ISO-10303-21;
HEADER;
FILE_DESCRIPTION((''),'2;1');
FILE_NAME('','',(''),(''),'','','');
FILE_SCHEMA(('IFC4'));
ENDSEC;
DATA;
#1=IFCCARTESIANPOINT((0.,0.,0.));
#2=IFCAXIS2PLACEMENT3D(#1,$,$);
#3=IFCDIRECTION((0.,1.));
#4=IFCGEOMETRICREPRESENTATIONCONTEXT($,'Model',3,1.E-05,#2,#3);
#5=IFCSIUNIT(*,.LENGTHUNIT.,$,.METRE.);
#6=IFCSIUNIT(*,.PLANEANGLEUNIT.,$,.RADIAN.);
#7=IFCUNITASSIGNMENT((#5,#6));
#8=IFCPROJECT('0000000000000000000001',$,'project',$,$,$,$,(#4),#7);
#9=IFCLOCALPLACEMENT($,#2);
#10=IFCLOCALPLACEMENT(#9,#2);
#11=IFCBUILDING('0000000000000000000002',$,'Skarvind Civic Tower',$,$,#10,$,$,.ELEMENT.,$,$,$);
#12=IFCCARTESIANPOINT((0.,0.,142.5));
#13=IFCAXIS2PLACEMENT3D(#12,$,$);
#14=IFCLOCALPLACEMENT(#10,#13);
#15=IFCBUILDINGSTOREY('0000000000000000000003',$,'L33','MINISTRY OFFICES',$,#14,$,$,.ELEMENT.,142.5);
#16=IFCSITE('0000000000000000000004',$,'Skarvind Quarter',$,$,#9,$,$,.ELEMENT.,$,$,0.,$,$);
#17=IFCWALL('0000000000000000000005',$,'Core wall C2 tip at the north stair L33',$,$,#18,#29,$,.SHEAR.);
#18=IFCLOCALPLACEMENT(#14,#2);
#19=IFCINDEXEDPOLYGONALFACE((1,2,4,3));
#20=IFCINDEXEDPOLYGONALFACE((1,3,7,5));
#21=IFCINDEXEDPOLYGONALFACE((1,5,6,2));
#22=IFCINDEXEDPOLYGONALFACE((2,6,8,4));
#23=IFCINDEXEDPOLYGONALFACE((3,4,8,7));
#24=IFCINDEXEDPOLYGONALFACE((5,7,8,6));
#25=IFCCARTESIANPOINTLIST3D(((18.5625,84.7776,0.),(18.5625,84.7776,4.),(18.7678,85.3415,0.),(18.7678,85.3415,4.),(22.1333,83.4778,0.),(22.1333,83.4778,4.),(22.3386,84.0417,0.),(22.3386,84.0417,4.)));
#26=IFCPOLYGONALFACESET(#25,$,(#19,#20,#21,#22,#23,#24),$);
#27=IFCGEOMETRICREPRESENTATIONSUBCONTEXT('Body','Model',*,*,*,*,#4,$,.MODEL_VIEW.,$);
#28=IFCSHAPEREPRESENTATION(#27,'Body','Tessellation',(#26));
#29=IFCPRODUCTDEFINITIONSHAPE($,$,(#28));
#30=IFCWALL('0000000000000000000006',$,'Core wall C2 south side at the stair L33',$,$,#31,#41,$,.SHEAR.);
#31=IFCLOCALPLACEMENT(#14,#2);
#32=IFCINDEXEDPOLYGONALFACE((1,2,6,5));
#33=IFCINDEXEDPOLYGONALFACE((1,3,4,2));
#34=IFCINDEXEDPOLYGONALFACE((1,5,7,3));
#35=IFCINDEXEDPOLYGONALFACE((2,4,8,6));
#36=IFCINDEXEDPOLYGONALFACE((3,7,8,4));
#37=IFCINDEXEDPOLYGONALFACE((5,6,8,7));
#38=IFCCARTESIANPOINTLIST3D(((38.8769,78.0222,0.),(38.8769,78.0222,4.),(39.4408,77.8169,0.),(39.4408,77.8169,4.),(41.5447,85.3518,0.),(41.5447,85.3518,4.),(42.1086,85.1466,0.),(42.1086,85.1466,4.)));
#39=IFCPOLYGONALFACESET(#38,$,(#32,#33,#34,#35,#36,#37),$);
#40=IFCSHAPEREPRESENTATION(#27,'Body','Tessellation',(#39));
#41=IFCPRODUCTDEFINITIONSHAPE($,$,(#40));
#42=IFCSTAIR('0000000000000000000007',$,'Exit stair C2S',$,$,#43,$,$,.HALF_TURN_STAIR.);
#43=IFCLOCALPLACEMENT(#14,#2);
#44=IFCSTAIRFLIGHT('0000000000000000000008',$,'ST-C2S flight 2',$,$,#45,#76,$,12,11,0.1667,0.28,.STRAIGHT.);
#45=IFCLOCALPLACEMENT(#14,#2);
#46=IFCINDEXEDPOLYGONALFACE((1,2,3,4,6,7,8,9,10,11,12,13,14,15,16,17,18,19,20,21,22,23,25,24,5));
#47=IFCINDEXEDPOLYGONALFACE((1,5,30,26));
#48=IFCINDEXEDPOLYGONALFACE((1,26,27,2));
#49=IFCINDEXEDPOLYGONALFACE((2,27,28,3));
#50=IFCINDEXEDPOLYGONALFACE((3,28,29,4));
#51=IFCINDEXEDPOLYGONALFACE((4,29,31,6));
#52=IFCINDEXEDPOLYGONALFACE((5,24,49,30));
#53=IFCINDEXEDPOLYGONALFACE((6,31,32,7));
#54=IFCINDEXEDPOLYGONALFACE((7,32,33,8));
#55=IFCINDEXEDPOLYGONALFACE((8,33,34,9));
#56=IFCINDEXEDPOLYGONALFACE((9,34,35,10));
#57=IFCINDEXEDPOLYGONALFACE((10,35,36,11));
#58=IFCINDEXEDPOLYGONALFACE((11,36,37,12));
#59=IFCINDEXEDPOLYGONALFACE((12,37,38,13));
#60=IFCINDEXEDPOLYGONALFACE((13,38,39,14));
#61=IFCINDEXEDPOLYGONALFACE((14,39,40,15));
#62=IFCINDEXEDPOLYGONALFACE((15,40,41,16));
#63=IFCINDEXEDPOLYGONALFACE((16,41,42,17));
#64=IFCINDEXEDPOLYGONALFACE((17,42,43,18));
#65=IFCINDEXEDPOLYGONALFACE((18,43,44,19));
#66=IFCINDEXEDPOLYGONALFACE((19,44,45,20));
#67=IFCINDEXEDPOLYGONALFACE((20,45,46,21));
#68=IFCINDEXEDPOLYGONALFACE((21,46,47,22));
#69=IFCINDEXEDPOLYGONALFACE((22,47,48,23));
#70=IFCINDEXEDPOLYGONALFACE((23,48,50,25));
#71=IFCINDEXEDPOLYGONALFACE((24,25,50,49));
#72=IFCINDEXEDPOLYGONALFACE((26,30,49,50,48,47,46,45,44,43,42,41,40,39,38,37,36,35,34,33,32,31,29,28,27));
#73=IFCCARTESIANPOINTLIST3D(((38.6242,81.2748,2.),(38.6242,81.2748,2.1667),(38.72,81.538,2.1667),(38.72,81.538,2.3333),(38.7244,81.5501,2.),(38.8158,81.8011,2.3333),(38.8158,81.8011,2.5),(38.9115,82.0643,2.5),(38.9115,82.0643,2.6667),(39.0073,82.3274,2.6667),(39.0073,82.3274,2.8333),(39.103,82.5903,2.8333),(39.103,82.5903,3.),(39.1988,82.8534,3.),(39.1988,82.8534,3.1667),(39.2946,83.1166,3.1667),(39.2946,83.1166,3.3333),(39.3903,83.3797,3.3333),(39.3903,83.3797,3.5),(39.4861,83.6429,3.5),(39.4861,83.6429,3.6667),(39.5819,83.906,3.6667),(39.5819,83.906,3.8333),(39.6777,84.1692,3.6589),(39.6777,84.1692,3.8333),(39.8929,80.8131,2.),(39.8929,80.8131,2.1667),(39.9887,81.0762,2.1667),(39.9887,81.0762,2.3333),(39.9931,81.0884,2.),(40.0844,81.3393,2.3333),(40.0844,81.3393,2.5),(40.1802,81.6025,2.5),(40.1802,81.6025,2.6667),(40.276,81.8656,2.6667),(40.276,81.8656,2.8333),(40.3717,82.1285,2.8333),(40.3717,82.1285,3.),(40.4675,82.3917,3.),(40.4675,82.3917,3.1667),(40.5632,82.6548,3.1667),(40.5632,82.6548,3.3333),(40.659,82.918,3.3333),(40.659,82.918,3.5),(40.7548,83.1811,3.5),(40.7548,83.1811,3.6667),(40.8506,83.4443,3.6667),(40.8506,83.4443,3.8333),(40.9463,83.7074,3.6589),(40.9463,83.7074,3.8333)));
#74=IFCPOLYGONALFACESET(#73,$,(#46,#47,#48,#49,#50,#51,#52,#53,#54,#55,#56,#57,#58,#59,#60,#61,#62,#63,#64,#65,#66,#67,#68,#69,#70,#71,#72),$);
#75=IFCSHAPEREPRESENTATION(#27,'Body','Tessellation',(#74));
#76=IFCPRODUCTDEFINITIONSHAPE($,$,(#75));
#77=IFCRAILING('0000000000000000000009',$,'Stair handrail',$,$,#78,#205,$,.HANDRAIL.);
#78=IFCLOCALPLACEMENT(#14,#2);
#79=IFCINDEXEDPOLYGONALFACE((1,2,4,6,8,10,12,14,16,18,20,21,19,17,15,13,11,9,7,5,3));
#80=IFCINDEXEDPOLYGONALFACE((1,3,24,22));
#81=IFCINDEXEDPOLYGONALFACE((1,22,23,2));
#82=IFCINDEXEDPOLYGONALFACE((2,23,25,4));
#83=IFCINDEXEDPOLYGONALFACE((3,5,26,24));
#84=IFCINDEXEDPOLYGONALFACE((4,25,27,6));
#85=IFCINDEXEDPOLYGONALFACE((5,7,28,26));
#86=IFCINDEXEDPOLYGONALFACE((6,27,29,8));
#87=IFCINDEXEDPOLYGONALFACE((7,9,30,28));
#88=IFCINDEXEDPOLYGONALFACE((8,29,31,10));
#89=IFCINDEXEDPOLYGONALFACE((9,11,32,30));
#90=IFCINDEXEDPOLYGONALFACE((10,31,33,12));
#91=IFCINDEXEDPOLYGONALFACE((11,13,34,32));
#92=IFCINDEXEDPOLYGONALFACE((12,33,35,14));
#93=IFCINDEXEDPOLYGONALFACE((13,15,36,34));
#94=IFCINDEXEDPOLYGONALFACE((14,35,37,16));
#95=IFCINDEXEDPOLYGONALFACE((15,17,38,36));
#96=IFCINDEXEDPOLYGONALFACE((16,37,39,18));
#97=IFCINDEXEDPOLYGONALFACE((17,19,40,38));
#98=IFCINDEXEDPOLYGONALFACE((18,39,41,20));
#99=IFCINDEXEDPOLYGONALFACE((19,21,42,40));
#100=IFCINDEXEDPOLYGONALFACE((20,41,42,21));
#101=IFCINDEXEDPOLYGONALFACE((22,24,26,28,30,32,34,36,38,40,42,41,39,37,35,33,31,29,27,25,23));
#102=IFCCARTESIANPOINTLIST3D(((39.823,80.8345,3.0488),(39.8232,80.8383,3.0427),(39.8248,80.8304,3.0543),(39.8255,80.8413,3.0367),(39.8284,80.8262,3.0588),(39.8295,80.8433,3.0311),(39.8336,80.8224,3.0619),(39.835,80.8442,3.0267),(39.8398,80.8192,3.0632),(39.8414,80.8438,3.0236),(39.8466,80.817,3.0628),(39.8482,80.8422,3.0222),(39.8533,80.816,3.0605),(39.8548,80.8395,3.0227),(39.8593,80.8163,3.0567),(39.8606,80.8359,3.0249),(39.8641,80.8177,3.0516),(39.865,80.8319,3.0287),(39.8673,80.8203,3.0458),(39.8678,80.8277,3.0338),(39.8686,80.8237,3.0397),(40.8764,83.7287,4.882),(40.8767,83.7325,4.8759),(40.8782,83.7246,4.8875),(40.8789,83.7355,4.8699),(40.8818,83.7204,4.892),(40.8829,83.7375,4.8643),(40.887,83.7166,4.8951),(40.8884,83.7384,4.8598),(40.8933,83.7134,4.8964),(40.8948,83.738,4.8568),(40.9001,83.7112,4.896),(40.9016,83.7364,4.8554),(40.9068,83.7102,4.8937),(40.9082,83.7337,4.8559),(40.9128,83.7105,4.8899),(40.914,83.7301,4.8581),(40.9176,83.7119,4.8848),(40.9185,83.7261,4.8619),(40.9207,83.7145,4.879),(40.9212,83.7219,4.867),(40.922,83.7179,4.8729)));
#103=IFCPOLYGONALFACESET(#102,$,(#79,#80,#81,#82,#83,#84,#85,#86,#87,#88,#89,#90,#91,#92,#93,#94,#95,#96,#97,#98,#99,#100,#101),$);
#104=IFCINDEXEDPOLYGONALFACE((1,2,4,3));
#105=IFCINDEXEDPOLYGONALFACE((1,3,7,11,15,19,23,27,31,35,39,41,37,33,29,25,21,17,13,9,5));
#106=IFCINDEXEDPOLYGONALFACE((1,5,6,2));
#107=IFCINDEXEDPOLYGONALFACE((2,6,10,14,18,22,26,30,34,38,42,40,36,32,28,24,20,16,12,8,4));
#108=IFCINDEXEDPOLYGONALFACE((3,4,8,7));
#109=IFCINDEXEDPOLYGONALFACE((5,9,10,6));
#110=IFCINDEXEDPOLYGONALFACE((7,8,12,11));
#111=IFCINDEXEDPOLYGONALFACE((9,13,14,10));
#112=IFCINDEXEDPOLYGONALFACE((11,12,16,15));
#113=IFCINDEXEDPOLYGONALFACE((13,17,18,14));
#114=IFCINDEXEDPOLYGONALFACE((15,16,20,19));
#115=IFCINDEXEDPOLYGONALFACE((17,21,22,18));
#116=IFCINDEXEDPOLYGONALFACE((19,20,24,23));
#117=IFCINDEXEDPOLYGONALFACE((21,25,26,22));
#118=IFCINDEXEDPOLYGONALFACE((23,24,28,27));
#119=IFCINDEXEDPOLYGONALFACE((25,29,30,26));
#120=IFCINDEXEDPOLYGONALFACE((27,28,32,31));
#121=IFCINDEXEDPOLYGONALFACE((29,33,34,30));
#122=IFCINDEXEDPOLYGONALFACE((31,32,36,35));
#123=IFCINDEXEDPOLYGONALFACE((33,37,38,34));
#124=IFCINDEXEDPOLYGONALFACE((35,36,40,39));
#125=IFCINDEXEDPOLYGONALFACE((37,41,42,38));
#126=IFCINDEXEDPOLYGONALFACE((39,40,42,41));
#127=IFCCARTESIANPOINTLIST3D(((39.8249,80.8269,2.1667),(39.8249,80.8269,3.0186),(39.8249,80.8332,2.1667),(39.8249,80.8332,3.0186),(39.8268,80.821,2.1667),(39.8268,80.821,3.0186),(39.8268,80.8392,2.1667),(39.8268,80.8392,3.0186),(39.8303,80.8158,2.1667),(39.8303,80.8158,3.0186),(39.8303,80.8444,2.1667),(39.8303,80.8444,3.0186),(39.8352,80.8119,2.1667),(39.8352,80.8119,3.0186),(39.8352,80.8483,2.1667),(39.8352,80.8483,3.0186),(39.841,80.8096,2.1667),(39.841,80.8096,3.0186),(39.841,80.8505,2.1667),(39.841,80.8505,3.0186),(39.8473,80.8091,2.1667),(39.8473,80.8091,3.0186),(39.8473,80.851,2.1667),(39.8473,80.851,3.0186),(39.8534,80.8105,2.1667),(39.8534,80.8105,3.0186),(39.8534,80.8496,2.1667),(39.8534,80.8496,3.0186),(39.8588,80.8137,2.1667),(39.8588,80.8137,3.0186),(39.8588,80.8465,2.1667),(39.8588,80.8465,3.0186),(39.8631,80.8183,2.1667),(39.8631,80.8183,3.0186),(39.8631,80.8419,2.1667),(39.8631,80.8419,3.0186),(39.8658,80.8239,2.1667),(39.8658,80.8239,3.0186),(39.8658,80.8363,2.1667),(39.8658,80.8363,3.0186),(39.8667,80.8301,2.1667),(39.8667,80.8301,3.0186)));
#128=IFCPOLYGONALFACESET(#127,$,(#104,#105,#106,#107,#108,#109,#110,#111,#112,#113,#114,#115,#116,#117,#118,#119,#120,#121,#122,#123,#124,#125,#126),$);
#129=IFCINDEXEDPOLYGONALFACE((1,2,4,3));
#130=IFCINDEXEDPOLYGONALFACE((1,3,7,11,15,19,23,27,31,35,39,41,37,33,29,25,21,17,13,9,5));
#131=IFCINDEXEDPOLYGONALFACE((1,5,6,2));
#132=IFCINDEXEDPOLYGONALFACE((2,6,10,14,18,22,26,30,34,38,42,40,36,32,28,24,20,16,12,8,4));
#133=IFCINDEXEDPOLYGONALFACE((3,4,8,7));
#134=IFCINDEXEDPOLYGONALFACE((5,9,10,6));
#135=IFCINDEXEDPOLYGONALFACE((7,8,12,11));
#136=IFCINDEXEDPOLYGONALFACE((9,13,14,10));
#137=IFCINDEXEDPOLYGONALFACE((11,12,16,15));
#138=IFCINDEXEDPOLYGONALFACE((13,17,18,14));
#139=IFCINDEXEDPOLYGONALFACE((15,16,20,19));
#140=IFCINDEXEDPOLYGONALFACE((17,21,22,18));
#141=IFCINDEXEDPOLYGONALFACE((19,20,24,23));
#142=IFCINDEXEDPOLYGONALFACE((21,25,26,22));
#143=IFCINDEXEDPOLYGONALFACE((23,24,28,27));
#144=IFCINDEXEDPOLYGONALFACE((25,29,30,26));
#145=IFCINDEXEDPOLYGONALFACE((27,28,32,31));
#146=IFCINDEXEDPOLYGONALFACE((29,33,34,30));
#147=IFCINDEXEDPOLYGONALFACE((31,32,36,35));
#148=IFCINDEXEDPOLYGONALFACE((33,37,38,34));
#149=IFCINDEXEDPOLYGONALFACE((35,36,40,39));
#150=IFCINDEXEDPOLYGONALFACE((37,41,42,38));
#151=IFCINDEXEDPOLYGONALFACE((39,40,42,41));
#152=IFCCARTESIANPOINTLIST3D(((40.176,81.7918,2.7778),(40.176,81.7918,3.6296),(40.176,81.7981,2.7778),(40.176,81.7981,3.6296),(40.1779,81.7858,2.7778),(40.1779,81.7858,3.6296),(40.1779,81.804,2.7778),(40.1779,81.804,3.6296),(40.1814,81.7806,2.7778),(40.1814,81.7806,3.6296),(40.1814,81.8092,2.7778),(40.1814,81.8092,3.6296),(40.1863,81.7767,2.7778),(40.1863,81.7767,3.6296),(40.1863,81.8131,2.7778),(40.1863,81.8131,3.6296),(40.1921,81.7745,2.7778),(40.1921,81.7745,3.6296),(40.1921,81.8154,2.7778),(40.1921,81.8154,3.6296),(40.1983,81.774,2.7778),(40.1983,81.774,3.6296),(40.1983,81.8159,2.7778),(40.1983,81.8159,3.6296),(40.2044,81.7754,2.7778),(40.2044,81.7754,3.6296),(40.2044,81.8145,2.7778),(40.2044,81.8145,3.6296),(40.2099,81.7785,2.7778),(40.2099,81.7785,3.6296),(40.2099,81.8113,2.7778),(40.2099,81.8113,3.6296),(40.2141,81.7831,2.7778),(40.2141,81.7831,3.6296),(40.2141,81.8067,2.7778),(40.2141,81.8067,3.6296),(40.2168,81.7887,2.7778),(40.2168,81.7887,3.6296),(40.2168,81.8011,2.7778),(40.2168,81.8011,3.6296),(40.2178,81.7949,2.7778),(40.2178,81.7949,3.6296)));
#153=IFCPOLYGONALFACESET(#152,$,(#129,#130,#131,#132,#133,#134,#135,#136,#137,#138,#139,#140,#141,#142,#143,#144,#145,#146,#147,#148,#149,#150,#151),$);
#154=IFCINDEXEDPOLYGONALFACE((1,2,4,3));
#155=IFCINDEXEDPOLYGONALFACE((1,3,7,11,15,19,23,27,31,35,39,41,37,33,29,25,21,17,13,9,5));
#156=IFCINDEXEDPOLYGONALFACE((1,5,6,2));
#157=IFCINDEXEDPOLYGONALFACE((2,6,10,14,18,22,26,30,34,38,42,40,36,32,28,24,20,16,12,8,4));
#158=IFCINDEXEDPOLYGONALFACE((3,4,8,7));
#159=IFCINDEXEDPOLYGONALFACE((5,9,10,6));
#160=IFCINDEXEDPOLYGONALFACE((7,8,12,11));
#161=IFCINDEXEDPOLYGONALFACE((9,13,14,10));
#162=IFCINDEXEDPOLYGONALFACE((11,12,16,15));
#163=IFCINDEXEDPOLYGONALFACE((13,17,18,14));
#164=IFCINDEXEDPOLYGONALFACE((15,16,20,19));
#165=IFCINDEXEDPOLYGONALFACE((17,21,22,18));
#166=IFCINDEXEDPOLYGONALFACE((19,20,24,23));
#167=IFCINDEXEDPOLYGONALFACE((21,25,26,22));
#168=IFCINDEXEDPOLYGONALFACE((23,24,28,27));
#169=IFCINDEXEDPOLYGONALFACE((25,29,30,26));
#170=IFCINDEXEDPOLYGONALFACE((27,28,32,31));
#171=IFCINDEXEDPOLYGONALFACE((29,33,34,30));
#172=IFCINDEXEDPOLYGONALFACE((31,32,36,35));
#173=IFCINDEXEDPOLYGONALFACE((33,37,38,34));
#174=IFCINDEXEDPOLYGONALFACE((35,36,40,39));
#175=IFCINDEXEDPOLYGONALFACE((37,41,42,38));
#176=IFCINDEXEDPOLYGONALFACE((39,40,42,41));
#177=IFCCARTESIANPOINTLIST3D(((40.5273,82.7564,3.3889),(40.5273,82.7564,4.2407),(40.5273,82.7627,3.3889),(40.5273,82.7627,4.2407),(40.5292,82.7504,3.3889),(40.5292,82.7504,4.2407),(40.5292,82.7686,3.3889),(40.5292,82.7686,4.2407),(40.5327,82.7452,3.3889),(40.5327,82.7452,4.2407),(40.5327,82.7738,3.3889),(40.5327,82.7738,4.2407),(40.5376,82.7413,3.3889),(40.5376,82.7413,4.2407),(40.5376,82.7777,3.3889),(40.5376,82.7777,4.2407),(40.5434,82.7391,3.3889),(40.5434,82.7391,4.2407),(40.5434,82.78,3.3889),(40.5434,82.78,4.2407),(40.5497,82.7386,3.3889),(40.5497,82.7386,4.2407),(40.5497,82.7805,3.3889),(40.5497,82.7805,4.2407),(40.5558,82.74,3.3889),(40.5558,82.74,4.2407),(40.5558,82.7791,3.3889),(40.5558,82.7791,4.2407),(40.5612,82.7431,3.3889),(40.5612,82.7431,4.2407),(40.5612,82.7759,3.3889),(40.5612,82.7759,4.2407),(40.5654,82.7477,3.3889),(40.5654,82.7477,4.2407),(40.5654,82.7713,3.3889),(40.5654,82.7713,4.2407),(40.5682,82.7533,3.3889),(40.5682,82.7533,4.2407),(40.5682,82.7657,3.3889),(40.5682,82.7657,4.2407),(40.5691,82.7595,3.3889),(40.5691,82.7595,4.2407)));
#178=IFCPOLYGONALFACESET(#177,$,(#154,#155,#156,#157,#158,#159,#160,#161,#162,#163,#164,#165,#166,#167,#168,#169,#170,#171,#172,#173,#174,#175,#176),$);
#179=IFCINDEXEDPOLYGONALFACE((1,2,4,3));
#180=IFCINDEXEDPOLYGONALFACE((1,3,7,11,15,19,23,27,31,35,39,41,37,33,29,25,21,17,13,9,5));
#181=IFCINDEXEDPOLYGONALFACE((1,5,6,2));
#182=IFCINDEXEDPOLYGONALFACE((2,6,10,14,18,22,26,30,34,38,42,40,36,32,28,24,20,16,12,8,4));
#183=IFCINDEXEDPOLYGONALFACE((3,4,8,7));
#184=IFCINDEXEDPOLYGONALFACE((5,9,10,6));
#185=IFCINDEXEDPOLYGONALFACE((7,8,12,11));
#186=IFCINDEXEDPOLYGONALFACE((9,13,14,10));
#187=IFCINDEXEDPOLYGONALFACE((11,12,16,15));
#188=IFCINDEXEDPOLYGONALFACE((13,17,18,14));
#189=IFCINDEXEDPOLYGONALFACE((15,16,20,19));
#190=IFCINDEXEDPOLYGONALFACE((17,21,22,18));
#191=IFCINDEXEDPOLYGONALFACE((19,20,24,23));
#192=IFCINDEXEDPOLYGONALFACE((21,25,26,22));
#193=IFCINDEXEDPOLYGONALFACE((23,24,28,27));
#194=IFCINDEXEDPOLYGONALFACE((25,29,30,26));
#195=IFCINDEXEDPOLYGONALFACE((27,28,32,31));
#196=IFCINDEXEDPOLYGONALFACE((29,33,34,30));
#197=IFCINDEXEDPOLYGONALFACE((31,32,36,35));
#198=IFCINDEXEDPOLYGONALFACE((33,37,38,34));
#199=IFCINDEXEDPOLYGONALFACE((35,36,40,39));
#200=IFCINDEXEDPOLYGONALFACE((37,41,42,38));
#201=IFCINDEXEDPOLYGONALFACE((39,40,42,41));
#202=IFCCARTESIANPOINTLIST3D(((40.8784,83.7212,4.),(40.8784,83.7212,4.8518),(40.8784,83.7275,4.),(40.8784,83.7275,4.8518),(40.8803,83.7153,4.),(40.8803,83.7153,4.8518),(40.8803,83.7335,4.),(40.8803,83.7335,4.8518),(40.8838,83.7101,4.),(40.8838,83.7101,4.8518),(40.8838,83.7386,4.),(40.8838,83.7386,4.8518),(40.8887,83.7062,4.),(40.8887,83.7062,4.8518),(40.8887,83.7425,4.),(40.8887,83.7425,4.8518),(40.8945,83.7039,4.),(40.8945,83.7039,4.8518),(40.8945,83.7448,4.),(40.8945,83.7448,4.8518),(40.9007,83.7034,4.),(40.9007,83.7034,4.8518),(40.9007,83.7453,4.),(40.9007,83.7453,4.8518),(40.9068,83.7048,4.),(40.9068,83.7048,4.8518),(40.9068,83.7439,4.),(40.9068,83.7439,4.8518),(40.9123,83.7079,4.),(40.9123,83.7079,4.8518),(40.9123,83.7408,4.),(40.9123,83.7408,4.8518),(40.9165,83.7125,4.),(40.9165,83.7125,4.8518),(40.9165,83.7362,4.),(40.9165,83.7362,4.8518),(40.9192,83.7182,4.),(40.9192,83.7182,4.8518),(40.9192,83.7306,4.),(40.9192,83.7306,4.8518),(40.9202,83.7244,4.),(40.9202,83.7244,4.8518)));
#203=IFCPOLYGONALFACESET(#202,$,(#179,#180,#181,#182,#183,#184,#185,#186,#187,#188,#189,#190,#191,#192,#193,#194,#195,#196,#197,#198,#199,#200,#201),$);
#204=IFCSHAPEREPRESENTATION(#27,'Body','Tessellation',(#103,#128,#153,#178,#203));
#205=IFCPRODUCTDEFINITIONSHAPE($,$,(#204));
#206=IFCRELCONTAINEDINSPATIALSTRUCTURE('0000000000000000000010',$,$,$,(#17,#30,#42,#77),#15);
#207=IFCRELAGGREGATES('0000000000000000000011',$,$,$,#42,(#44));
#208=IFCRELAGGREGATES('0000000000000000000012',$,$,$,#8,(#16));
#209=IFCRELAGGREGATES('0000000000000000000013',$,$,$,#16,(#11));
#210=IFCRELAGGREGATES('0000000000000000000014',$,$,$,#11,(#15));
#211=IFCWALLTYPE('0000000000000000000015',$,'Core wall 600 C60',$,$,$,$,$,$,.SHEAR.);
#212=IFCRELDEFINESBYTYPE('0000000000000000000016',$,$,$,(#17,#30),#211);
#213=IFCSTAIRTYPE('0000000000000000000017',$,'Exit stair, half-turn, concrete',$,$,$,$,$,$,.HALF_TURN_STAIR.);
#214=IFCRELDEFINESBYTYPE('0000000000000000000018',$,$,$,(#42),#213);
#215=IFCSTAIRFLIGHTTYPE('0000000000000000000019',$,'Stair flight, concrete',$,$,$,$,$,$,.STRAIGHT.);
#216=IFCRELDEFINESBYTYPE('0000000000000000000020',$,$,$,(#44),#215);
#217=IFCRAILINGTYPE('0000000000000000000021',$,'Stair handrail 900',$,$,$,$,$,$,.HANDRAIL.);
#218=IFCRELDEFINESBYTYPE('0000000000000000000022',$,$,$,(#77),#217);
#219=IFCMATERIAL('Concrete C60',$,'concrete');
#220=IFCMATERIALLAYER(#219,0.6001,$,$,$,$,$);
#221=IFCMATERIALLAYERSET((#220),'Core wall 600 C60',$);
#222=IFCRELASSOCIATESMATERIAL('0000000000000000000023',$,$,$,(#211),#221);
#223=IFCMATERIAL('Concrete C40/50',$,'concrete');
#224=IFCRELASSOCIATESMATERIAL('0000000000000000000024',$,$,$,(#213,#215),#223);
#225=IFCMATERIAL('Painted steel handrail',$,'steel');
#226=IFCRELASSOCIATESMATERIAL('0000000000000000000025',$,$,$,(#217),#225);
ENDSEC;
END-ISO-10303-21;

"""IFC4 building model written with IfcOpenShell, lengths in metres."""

from ifc_helpers import new_model, si_unit, direction, frame, frame_2d, origin, origin_2d, place, context, subcontext, project, spatial, polyline, rectangle, circle, outline, extrude, material, layer, layer_set, type_object, element, aggregate, save


model = new_model("IFC4")

# Units and contexts
model_context = context("Model", 3, precision=1e-05, world=origin(), true_north=direction((0.0, 1.0)))
body_context = subcontext(model_context, "Body", "Model", "MODEL_VIEW")
ifc_project = project(units=[si_unit("LENGTHUNIT", "METRE"), si_unit("PLANEANGLEUNIT", "RADIAN")], contexts=[model_context])

# Site, building, storey
site_placement = place(None, origin())
site = spatial("IfcSite", under=ifc_project, at=site_placement, Name="Skarvind Quarter", CompositionType="ELEMENT", RefElevation=0.0)
building_placement = place(site_placement, origin())
building = spatial("IfcBuilding", under=site, at=building_placement, Name="Skarvind Civic Tower", CompositionType="ELEMENT")
storey_placement = place(building_placement, frame((0.0, 0.0, 142.5)))
storey = spatial("IfcBuildingStorey", under=building, at=storey_placement, Name="L33", Description="MINISTRY OFFICES", CompositionType="ELEMENT", Elevation=142.5)

# Shared definitions
ifc_material_1 = material(Name="Concrete C40/50", Category="concrete")

# Shared definitions
ifc_material_2 = material(Name="Concrete C60", Category="concrete")

# Walls
ifc_layer_1 = layer(ifc_material_2, 0.6001)
ifc_layer_set_1 = layer_set([ifc_layer_1], Name="Core wall 600 C60")
wall_type_1 = type_object("IfcWallType", Name="Core wall 600 C60", PredefinedType="SHEAR", material=ifc_layer_set_1)
for number, where, z_axis, x_axis, name in (
    (1, (22.2358, 83.7598, 0.0), (0.0, 0.0, 1.0), (-0.939681, 0.342053, 0.0), "Core wall C2 tip at the north stair L33"),
):
    element("IfcWall", number, at=place(storey_placement, frame(where, z_axis=z_axis, x_axis=x_axis)), inside=storey, type_object=wall_type_1, Name=name, PredefinedType="SHEAR", context=body_context, shape_type="SweptSolid", body=[
        extrude(rectangle(XDim=3.8, YDim=0.6001, at=frame_2d((1.8999, 0.0))), origin(), (0.0, 0.0, 1.0), 4.0),
    ])
wall_1_placement = place(storey_placement, frame((39.1589, 77.9197, 0.0), z_axis=(0.0, 0.0, 1.0), x_axis=(0.342017, 0.939694, 0.0)))
element("IfcWall", 2, at=wall_1_placement, inside=storey, type_object=wall_type_1, Name="Core wall C2 south side at the stair L33", PredefinedType="SHEAR", context=body_context, shape_type="SweptSolid", body=[
    extrude(rectangle(XDim=7.8, YDim=0.6001, at=frame_2d((3.8999, 0.0))), origin(), (0.0, 0.0, 1.0), 4.0),
])

# Stair, stair flight
stair_type_1 = type_object("IfcStairType", Name="Exit stair, half-turn, concrete", PredefinedType="HALF_TURN_STAIR", material=ifc_material_1)
stair_1_placement = place(storey_placement, origin())
stair_1 = element("IfcStair", 3, at=stair_1_placement, inside=storey, type_object=stair_type_1, Name="Exit stair C2S", PredefinedType="HALF_TURN_STAIR")
stair_flight_type = type_object("IfcStairFlightType", Name="Stair flight, concrete", PredefinedType="STRAIGHT", material=ifc_material_1)
stair_flight_placement = place(storey_placement, frame((39.2585, 81.0439, 2.0), z_axis=(0.0, 0.0, 1.0), x_axis=(0.34202, 0.939693, 0.0)))
stair_flight = element("IfcStairFlight", 4, at=stair_flight_placement, type_object=stair_flight_type, Name="ST-C2S flight 2", NumberOfRisers=12, NumberOfTreads=11, PredefinedType="STRAIGHT", RiserHeight=0.1667, TreadLength=0.28, context=body_context, shape_type="SweptSolid", body=[
    extrude(outline(polyline([(0.0, 0.0), (0.0, 0.1667), (0.28, 0.1667), (0.28, 0.3333), (0.5601, 0.3333), (0.5601, 0.5), (0.8401, 0.5), (0.8401, 0.6667), (1.1201, 0.6667), (1.1201, 0.8333), (1.3999, 0.8333), (1.3999, 1.0), (1.6799, 1.0), (1.6799, 1.1667), (1.96, 1.1667), (1.96, 1.3333), (2.24, 1.3333), (2.24, 1.5), (2.52, 1.5), (2.52, 1.6667), (2.8, 1.6667), (2.8, 1.8333), (3.0801, 1.8333), (3.0801, 2.0), (3.0801, 1.6589), (0.293, 0.0), (0.0, 0.0)])), frame((0.0, 0.675, 0.0), z_axis=(0.0, -1.0, 0.0), x_axis=(1.0, 0.0, 0.0)), (0.0, 0.0, 1.0), 1.3501),
])
aggregate(stair_1, [stair_flight])

# Railing
ifc_material_3 = material(Name="Painted steel handrail", Category="steel")
railing_type = type_object("IfcRailingType", Name="Stair handrail 900", PredefinedType="HANDRAIL", material=ifc_material_3)
railing_placement = place(storey_placement, frame((39.8457, 80.8301, 2.1667)))
element("IfcRailing", 5, at=railing_placement, inside=storey, type_object=railing_type, Name="Stair handrail", PredefinedType="HANDRAIL", context=body_context, shape_type="SweptSolid", body=[
    extrude(circle(Radius=0.0239, at=origin_2d()), frame((0.0, 0.0, 0.876), z_axis=(0.293908, 0.807481, 0.511461), x_axis=(-0.939689, 0.342029, 0.0)), (0.0, 0.0, 1.0), 3.5842),
    extrude(circle(Radius=0.021, at=origin_2d()), origin(), (0.0, 0.0, 1.0), 0.8518),
    extrude(circle(Radius=0.021, at=origin_2d()), frame((0.3511, 0.9648, 0.6111)), (0.0, 0.0, 1.0), 0.8518),
    extrude(circle(Radius=0.021, at=origin_2d()), frame((0.7024, 1.9294, 1.2222)), (0.0, 0.0, 1.0), 0.8518),
    extrude(circle(Radius=0.021, at=origin_2d()), frame((1.0535, 2.8943, 1.8333)), (0.0, 0.0, 1.0), 0.8518),
])

save(model, "model.ifc")
